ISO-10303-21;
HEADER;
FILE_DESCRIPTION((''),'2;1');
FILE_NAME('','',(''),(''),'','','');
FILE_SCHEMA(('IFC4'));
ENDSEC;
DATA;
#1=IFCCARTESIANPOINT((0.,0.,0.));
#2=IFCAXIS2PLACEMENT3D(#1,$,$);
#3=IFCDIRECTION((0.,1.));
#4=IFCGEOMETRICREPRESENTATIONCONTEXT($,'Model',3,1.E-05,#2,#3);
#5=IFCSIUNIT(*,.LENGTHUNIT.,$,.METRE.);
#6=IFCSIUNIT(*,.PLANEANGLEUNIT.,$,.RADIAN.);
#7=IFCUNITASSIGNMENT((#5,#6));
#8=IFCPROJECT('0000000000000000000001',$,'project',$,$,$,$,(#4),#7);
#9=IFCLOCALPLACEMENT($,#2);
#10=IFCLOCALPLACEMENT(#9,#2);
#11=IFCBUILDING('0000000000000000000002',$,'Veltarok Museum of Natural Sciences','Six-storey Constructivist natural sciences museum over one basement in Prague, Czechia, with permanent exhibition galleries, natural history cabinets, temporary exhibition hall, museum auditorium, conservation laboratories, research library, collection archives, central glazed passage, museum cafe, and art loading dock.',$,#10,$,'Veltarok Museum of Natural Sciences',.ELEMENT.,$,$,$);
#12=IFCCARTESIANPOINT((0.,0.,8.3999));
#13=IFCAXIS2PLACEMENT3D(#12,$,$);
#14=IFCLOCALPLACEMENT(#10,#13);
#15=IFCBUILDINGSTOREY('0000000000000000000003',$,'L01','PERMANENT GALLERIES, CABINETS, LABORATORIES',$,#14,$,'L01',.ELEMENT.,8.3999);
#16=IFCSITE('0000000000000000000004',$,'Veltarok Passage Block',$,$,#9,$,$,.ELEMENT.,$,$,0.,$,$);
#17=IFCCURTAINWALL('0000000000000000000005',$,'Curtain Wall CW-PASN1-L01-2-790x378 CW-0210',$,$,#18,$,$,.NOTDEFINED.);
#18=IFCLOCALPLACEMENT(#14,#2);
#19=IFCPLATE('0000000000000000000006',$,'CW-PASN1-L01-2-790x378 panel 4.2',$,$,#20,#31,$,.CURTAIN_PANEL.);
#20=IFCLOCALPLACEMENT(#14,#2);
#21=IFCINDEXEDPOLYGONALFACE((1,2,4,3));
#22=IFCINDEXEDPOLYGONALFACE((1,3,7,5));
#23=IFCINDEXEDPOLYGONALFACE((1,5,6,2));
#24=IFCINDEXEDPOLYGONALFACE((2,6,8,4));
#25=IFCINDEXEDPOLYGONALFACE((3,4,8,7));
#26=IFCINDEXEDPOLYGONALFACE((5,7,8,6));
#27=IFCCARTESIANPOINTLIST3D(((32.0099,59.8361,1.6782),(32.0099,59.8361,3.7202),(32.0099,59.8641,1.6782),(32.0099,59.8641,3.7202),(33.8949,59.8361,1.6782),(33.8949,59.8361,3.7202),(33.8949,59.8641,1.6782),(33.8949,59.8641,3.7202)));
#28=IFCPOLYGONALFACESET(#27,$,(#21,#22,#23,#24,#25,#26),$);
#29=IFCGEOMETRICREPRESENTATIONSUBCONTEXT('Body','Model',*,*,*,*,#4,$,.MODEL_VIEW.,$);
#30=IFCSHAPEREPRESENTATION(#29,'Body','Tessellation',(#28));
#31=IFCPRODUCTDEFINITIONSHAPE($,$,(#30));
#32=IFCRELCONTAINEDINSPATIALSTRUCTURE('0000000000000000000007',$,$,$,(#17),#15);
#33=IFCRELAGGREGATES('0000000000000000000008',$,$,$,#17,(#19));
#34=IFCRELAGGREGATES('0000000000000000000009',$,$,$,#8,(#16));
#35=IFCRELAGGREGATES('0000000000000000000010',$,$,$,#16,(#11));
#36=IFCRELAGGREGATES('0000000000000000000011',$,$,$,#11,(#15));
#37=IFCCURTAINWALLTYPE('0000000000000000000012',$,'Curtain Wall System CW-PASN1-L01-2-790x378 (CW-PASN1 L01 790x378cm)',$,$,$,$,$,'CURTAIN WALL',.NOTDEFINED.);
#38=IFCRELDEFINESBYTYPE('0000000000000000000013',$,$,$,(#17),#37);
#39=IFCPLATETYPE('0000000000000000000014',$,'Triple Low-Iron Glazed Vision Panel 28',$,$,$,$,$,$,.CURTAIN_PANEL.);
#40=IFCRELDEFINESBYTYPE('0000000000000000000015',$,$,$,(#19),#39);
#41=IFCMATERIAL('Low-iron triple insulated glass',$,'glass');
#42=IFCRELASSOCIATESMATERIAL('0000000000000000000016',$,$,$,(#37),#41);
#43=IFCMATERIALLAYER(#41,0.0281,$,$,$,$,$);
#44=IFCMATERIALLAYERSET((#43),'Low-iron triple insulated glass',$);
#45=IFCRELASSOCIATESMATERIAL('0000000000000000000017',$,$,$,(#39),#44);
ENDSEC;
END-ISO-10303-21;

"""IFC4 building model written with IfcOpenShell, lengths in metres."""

from ifc_helpers import new_model, si_unit, direction, frame, origin, origin_2d, place, context, subcontext, project, spatial, rectangle, extrude, material, layer, layer_set, type_object, element, aggregate, save


model = new_model("IFC4")

# Units and contexts
model_context = context("Model", 3, precision=1e-05, world=origin(), true_north=direction((0.0, 1.0)))
body_context = subcontext(model_context, "Body", "Model", "MODEL_VIEW")
ifc_project = project(units=[si_unit("LENGTHUNIT", "METRE"), si_unit("PLANEANGLEUNIT", "RADIAN")], contexts=[model_context])

# Site, building, storey
site_placement = place(None, origin())
site = spatial("IfcSite", under=ifc_project, at=site_placement, Name="Veltarok Passage Block", CompositionType="ELEMENT", RefElevation=0.0)
building_placement = place(site_placement, origin())
building = spatial("IfcBuilding", under=site, at=building_placement, Name="Veltarok Museum of Natural Sciences", Description="Six-storey Constructivist natural sciences museum over one basement in Prague, Czechia, with permanent exhibition galleries, natural history cabinets, temporary exhibition hall, museum auditorium, conservation laboratories, research library, collection archives, central glazed passage, museum cafe, and art loading dock.", LongName="Veltarok Museum of Natural Sciences", CompositionType="ELEMENT")
storey_placement = place(building_placement, frame((0.0, 0.0, 8.3999)))
storey = spatial("IfcBuildingStorey", under=building, at=storey_placement, Name="L01", Description="PERMANENT GALLERIES, CABINETS, LABORATORIES", LongName="L01", CompositionType="ELEMENT", Elevation=8.3999)

# Curtain wall
ifc_material_1 = material(Name="Low-iron triple insulated glass", Category="glass")
curtain_wall_type = type_object("IfcCurtainWallType", Name="Curtain Wall System CW-PASN1-L01-2-790x378 (CW-PASN1 L01 790x378cm)", ElementType="CURTAIN WALL", PredefinedType="NOTDEFINED", material=ifc_material_1)
curtain_wall_placement = place(storey_placement, origin())
curtain_wall = element("IfcCurtainWall", 1, at=curtain_wall_placement, inside=storey, type_object=curtain_wall_type, Name="Curtain Wall CW-PASN1-L01-2-790x378 CW-0210", PredefinedType="NOTDEFINED")

# Plate
ifc_layer = layer(ifc_material_1, 0.0281)
ifc_layer_set = layer_set([ifc_layer], Name="Low-iron triple insulated glass")
plate_type = type_object("IfcPlateType", Name="Triple Low-Iron Glazed Vision Panel 28", PredefinedType="CURTAIN_PANEL", material=ifc_layer_set)
plate_1_placement = place(storey_placement, frame((32.9524, 59.8501, 1.6782), z_axis=(0.0, 0.0, 1.0), x_axis=(-1.0, 0.0, 0.0)))
plate_1 = element("IfcPlate", 2, at=plate_1_placement, type_object=plate_type, Name="CW-PASN1-L01-2-790x378 panel 4.2", PredefinedType="CURTAIN_PANEL", context=body_context, shape_type="SweptSolid", body=[
    extrude(rectangle(XDim=1.885, YDim=0.0281, at=origin_2d()), origin(), (0.0, 0.0, 1.0), 2.042),
])
aggregate(curtain_wall, [plate_1])

save(model, "model.ifc")
